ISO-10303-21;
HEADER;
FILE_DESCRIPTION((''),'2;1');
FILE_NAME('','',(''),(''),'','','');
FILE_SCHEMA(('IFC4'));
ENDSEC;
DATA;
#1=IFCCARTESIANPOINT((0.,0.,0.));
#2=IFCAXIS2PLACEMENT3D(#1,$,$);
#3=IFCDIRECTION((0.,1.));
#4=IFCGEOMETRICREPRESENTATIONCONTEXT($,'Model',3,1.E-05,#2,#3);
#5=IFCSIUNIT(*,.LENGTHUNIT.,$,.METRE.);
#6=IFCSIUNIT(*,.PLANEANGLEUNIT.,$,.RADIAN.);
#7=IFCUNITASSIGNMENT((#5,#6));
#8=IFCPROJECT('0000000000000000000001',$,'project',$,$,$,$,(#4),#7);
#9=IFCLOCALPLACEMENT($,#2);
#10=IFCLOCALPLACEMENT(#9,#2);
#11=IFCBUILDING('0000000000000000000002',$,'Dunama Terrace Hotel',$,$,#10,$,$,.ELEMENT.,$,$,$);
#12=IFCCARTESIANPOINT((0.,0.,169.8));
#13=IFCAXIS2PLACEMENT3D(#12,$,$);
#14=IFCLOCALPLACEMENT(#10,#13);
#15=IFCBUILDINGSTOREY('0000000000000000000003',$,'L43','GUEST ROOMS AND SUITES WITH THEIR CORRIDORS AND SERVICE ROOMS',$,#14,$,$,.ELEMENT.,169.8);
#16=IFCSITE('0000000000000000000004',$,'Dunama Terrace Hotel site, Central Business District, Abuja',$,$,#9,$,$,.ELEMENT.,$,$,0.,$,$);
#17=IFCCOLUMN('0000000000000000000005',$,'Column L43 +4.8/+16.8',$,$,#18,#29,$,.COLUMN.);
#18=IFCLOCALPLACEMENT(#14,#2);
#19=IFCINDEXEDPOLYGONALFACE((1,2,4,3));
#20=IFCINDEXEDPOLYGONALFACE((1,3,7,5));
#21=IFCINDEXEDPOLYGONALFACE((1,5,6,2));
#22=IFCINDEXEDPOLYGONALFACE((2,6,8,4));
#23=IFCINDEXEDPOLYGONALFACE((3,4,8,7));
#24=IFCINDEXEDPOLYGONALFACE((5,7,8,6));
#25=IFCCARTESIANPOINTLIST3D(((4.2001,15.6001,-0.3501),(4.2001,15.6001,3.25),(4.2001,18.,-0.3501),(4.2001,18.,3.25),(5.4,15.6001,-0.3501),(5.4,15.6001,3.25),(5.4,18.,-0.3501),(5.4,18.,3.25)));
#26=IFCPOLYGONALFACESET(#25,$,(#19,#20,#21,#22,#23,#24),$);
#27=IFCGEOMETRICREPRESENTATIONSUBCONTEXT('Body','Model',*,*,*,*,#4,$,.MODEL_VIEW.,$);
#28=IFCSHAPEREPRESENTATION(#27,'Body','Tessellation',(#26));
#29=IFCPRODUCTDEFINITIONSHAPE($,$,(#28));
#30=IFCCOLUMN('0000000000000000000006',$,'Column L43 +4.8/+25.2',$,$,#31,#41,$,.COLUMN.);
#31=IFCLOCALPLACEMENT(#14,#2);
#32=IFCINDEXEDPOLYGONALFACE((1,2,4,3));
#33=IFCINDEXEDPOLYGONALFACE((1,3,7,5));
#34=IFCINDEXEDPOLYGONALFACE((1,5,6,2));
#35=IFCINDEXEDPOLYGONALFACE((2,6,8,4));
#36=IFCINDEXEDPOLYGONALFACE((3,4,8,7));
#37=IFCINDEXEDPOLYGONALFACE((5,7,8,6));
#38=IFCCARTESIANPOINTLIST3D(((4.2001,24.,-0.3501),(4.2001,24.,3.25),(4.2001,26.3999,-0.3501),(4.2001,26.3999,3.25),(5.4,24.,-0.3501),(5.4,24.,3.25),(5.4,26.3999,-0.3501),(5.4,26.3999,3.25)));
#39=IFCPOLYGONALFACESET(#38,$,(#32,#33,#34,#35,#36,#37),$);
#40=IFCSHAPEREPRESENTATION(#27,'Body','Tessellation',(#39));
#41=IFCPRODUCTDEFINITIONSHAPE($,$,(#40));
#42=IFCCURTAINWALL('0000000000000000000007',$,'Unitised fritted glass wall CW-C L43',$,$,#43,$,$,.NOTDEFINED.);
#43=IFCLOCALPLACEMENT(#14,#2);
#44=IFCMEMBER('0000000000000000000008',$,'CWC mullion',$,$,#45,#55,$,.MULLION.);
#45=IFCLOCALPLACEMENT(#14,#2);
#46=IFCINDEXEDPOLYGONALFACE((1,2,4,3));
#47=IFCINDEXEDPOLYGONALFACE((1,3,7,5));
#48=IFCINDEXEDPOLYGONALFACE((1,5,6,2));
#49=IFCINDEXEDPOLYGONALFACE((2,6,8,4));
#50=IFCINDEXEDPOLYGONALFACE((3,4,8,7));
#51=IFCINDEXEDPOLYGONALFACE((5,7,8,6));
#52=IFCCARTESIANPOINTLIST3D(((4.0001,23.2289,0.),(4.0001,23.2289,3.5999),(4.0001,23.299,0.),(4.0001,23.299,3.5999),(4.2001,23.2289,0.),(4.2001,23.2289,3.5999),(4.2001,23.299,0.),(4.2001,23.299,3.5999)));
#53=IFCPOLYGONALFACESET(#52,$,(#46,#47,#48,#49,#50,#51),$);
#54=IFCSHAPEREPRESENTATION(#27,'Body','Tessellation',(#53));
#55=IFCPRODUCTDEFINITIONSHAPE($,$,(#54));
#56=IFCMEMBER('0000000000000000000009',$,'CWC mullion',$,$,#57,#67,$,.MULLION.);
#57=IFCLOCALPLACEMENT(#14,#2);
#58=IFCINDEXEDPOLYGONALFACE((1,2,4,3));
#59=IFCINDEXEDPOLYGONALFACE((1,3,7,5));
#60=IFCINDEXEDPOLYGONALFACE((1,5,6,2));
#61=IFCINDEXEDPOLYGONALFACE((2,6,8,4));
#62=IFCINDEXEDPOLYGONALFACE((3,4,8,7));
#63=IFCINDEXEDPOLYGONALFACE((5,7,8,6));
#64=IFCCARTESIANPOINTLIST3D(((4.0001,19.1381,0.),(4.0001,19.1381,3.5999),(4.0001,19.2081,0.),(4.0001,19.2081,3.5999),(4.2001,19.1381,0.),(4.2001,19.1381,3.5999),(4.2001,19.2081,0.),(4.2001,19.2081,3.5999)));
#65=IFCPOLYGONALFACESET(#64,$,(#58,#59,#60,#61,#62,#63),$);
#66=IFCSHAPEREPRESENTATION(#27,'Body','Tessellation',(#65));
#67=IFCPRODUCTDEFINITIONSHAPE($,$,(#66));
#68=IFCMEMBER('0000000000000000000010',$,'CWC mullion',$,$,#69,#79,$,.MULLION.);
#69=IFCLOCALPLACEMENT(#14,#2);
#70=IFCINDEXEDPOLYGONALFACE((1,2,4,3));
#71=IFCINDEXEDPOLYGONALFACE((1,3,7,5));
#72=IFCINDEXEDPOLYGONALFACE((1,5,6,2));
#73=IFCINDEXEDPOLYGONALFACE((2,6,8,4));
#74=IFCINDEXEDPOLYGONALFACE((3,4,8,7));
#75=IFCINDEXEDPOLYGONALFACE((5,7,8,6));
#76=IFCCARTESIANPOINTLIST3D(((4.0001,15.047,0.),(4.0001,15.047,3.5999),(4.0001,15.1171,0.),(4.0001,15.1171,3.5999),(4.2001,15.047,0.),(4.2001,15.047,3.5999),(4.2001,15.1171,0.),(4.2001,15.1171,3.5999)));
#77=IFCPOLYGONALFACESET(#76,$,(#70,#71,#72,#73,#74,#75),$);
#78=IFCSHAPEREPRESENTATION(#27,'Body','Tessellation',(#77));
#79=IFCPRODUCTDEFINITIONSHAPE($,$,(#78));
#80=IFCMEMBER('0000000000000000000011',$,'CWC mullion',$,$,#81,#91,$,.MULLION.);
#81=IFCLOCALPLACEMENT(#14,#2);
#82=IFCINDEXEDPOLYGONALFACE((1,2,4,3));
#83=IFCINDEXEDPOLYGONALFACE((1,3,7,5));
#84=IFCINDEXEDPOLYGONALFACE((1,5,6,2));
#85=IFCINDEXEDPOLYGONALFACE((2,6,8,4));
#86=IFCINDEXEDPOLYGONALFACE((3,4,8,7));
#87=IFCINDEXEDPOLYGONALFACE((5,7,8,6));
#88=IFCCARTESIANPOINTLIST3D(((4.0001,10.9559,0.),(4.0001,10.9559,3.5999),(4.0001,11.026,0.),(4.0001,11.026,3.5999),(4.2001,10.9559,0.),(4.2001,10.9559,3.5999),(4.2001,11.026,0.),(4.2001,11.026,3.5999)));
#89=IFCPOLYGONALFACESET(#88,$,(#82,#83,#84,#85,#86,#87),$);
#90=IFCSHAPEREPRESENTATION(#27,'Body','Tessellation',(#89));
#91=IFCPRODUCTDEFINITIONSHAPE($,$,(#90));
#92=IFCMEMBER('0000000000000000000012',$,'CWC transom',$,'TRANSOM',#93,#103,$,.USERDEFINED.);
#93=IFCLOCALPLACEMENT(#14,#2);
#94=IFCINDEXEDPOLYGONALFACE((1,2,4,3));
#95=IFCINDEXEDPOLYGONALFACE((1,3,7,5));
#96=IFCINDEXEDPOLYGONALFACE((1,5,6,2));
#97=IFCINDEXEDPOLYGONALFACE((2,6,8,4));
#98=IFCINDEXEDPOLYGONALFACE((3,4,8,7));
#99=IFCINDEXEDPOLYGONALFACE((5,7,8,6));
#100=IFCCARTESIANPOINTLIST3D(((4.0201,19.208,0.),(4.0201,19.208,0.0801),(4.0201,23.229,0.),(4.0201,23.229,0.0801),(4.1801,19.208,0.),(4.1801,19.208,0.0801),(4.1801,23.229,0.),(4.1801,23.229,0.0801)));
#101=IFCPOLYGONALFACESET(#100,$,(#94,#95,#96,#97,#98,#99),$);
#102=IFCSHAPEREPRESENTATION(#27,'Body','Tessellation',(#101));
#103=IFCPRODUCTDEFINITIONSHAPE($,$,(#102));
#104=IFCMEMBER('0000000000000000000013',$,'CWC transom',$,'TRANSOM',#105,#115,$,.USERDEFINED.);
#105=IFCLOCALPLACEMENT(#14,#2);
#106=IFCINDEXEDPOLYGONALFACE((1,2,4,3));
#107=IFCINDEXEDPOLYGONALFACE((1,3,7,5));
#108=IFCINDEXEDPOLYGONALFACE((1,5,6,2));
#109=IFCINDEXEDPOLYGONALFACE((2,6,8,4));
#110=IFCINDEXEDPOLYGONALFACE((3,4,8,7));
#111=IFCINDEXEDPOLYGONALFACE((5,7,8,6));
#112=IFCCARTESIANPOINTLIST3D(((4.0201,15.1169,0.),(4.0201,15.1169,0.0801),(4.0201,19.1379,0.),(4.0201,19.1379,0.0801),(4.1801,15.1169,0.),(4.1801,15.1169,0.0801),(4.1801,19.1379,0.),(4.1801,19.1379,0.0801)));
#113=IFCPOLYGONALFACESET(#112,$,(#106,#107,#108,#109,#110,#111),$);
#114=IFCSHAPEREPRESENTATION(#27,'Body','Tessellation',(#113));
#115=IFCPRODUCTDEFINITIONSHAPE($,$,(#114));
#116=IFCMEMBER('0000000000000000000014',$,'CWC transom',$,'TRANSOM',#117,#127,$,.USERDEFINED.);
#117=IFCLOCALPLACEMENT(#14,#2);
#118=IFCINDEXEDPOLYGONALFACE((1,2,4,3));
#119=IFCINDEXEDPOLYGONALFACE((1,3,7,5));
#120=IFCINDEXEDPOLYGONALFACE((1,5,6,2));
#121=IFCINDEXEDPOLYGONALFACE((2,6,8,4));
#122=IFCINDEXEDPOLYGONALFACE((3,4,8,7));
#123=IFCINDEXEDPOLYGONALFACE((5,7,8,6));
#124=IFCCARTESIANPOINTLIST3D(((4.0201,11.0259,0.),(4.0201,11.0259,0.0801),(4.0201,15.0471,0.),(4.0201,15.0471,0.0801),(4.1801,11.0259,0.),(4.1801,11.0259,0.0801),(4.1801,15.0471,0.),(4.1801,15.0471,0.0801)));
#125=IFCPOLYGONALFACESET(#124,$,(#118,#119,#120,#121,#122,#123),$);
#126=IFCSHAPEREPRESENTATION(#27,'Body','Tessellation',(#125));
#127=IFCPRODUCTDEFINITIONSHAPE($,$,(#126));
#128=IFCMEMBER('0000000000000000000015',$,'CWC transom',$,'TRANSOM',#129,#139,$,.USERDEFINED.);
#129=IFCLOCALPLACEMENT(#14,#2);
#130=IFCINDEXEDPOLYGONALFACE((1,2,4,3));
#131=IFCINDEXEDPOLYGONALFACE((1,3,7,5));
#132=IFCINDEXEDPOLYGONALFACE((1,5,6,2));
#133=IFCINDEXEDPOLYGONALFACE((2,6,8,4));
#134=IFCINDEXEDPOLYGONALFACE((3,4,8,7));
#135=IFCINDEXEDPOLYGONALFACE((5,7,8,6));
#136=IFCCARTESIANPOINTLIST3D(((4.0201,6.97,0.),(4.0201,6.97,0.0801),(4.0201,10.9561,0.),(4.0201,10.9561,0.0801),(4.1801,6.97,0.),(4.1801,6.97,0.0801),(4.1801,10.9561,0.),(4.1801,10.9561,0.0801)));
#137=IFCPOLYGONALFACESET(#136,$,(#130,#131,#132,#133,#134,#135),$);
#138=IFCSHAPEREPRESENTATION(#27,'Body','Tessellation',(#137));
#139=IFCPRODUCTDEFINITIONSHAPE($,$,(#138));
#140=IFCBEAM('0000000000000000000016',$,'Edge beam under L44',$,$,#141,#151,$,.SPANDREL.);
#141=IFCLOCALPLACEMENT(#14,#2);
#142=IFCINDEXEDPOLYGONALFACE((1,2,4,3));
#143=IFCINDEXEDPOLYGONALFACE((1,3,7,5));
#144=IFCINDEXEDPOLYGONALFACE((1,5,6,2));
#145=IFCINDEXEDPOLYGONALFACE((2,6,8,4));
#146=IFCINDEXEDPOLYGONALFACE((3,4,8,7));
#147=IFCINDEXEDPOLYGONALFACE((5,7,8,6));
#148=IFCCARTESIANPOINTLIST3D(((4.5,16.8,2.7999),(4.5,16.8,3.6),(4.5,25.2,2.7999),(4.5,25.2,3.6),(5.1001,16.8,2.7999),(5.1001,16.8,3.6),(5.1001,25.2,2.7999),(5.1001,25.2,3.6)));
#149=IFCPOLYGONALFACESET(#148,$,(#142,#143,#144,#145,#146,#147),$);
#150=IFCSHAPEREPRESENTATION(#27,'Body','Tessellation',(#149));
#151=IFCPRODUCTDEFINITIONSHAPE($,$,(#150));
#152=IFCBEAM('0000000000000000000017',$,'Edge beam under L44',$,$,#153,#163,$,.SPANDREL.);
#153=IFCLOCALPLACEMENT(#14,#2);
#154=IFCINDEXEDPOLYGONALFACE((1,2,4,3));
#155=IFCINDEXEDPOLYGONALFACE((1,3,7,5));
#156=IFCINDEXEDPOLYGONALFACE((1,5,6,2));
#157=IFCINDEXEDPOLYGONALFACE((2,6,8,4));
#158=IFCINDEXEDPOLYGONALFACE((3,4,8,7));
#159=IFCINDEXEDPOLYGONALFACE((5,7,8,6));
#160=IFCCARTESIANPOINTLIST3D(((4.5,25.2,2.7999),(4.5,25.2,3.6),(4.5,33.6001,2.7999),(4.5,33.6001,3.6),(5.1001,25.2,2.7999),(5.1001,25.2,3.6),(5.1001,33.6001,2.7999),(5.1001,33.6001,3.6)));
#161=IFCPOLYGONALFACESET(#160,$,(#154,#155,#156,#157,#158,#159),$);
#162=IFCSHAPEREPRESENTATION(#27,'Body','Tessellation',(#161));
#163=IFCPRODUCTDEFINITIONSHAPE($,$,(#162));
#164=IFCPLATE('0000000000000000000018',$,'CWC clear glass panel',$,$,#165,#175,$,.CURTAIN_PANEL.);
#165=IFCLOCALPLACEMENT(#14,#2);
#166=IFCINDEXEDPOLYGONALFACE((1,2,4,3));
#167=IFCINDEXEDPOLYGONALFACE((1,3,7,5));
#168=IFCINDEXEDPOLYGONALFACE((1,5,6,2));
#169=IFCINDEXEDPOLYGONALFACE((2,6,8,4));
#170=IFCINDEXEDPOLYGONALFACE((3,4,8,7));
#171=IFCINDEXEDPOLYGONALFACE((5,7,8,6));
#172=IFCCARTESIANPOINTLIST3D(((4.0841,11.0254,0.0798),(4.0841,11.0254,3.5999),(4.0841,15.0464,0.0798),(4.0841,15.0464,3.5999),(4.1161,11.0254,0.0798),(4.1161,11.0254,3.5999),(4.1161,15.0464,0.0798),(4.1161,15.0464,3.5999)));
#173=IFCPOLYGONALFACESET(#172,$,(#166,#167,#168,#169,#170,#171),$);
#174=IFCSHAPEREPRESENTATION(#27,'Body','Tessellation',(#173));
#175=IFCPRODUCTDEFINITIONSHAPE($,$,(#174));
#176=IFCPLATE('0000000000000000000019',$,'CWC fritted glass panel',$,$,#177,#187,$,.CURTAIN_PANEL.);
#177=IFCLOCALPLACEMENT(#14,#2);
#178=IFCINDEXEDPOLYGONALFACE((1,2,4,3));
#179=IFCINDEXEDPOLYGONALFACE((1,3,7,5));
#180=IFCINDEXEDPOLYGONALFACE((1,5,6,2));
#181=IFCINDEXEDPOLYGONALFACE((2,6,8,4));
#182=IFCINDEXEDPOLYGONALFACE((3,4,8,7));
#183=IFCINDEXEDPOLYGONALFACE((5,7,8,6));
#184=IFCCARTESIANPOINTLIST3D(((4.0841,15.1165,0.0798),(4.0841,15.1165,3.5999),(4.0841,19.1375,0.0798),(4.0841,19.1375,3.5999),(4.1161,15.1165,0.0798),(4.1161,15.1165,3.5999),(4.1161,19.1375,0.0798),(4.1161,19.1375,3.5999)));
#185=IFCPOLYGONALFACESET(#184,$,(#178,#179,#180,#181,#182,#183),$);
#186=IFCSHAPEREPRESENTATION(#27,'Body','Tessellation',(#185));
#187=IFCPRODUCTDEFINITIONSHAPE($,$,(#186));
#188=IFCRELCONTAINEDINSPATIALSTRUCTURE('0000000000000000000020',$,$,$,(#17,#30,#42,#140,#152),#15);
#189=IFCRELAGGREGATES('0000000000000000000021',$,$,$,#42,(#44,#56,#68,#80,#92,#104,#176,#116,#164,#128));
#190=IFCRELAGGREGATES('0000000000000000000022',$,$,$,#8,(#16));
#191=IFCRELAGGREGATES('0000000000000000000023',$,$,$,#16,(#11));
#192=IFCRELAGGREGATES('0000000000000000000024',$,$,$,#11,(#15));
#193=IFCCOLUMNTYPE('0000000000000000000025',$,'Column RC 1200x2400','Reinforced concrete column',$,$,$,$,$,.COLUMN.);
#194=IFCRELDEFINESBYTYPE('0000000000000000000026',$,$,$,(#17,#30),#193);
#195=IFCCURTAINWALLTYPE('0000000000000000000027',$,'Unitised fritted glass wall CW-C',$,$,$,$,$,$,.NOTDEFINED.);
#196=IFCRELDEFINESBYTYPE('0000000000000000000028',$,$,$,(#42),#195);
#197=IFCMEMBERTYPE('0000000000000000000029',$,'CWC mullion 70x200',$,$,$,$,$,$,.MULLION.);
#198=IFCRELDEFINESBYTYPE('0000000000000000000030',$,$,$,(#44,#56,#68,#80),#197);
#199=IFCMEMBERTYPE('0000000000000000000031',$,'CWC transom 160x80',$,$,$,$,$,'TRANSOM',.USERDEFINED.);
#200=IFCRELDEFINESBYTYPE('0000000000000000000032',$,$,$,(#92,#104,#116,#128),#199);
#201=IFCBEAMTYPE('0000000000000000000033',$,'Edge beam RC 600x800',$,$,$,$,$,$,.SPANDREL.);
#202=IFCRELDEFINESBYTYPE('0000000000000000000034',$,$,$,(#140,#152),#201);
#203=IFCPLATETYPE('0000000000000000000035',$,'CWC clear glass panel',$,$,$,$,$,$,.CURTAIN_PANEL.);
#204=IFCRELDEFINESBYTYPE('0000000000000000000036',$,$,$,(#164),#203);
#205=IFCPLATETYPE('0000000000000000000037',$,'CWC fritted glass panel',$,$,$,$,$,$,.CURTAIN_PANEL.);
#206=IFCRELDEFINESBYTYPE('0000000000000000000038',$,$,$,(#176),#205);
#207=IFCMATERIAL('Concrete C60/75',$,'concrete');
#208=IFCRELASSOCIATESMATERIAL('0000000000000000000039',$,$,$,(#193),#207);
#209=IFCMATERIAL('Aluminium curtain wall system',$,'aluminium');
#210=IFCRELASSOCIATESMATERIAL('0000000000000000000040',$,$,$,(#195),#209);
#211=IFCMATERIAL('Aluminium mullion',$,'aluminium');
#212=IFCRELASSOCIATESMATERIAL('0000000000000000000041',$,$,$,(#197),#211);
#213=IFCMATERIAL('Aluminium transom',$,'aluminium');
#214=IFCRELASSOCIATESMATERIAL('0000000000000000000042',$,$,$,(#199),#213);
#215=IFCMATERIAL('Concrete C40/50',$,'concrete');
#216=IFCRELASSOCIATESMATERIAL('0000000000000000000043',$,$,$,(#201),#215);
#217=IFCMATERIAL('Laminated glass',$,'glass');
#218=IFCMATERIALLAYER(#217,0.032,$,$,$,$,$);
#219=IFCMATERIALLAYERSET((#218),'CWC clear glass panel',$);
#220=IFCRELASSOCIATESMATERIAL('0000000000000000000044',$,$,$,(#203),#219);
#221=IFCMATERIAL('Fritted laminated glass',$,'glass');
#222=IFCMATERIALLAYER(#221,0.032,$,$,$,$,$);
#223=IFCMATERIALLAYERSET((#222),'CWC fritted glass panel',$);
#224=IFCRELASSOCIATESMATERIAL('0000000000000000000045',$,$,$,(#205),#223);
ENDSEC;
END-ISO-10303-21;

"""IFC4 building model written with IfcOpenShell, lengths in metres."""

from ifc_helpers import new_model, si_unit, direction, frame, origin, origin_2d, place, context, subcontext, project, spatial, rectangle, extrude, material, layer, layer_set, material_profile, profile_set, type_object, element, aggregate, save


model = new_model("IFC4")

# Units and contexts
model_context = context("Model", 3, precision=1e-05, world=origin(), true_north=direction((0.0, 1.0)))
body_context = subcontext(model_context, "Body", "Model", "MODEL_VIEW")
ifc_project = project(units=[si_unit("LENGTHUNIT", "METRE"), si_unit("PLANEANGLEUNIT", "RADIAN")], contexts=[model_context])

# Site, building, storey
site_placement = place(None, origin())
site = spatial("IfcSite", under=ifc_project, at=site_placement, Name="Dunama Terrace Hotel site, Central Business District, Abuja", CompositionType="ELEMENT", RefElevation=0.0)
building_placement = place(site_placement, origin())
building = spatial("IfcBuilding", under=site, at=building_placement, Name="Dunama Terrace Hotel", CompositionType="ELEMENT")
storey_placement = place(building_placement, frame((0.0, 0.0, 169.8)))
storey = spatial("IfcBuildingStorey", under=building, at=storey_placement, Name="L43", Description="GUEST ROOMS AND SUITES WITH THEIR CORRIDORS AND SERVICE ROOMS", CompositionType="ELEMENT", Elevation=169.8)

# Columns
ifc_material_1 = material(Name="Concrete C60/75", Category="concrete")
ifc_material_profile_1 = material_profile(ifc_material_1, rectangle(XDim=1.2, YDim=2.3999, at=origin_2d()), Name="RC 1200x2400")
ifc_profile_set_1 = profile_set([ifc_material_profile_1], Name="Concrete C60/75")
column_type = type_object("IfcColumnType", Name="Column RC 1200x2400", Description="Reinforced concrete column", PredefinedType="COLUMN", material=ifc_profile_set_1)
for number, where, z_axis, x_axis, name in (
    (1, (4.8, 16.8, -0.3501), (0.0, 0.0, 1.0), (1.0, 0.0, 0.0), "Column L43 +4.8/+16.8"),
    (2, (4.8, 25.2, -0.3501), (0.0, 0.0, 1.0), (1.0, 0.0, 0.0), "Column L43 +4.8/+25.2"),
):
    element("IfcColumn", number, at=place(storey_placement, frame(where, z_axis=z_axis, x_axis=x_axis)), inside=storey, type_object=column_type, Name=name, PredefinedType="COLUMN", context=body_context, shape_type="SweptSolid", body=[
        extrude(rectangle(XDim=1.2, YDim=2.3999, at=origin_2d()), origin(), (0.0, 0.0, 1.0), 3.6001),
    ])

# Curtain wall, members
ifc_material_2 = material(Name="Aluminium curtain wall system", Category="aluminium")
curtain_wall_type = type_object("IfcCurtainWallType", Name="Unitised fritted glass wall CW-C", PredefinedType="NOTDEFINED", material=ifc_material_2)
curtain_wall_placement = place(storey_placement, origin())
curtain_wall = element("IfcCurtainWall", 3, at=curtain_wall_placement, inside=storey, type_object=curtain_wall_type, Name="Unitised fritted glass wall CW-C L43", PredefinedType="NOTDEFINED")
ifc_material_3 = material(Name="Aluminium mullion", Category="aluminium")
ifc_material_profile_2 = material_profile(ifc_material_3, rectangle(XDim=0.0701, YDim=0.2, at=origin_2d()), Name="CWC MULLION 70X200")
ifc_profile_set_2 = profile_set([ifc_material_profile_2], Name="Aluminium mullion")
member_type_1 = type_object("IfcMemberType", Name="CWC mullion 70x200", PredefinedType="MULLION", material=ifc_profile_set_2)
member_1_placement = place(storey_placement, frame((4.1001, 23.2639, 0.0), z_axis=(0.0, 0.0, 1.0), x_axis=(0.0, -1.0, 0.0)))
member_1 = element("IfcMember", 4, at=member_1_placement, type_object=member_type_1, Name="CWC mullion", PredefinedType="MULLION", context=body_context, shape_type="SweptSolid", body=[
    extrude(rectangle(XDim=0.0701, YDim=0.2, at=origin_2d()), origin(), (0.0, 0.0, 1.0), 3.5999),
])
member_2_placement = place(storey_placement, frame((4.1001, 19.1731, 0.0), z_axis=(0.0, 0.0, 1.0), x_axis=(0.0, -1.0, 0.0)))
member_2 = element("IfcMember", 5, at=member_2_placement, type_object=member_type_1, Name="CWC mullion", PredefinedType="MULLION", context=body_context, shape_type="SweptSolid", body=[
    extrude(rectangle(XDim=0.0701, YDim=0.2, at=origin_2d()), origin(), (0.0, 0.0, 1.0), 3.5999),
])
member_3_placement = place(storey_placement, frame((4.1001, 15.082, 0.0), z_axis=(0.0, 0.0, 1.0), x_axis=(0.0, -1.0, 0.0)))
member_3 = element("IfcMember", 6, at=member_3_placement, type_object=member_type_1, Name="CWC mullion", PredefinedType="MULLION", context=body_context, shape_type="SweptSolid", body=[
    extrude(rectangle(XDim=0.0701, YDim=0.2, at=origin_2d()), origin(), (0.0, 0.0, 1.0), 3.5999),
])
member_4_placement = place(storey_placement, frame((4.1001, 10.991, 0.0), z_axis=(0.0, 0.0, 1.0), x_axis=(0.0, -1.0, 0.0)))
member_4 = element("IfcMember", 7, at=member_4_placement, type_object=member_type_1, Name="CWC mullion", PredefinedType="MULLION", context=body_context, shape_type="SweptSolid", body=[
    extrude(rectangle(XDim=0.0701, YDim=0.2, at=origin_2d()), origin(), (0.0, 0.0, 1.0), 3.5999),
])
ifc_material_4 = material(Name="Aluminium transom", Category="aluminium")
ifc_material_profile_3 = material_profile(ifc_material_4, rectangle(XDim=0.1599, YDim=0.0801, at=origin_2d()), Name="CWC TRANSOM 160X80")
ifc_profile_set_3 = profile_set([ifc_material_profile_3], Name="Aluminium transom")
member_type_2 = type_object("IfcMemberType", Name="CWC transom 160x80", ElementType="TRANSOM", PredefinedType="USERDEFINED", material=ifc_profile_set_3)
member_5_placement = place(storey_placement, frame((4.1001, 23.229, 0.04), z_axis=(0.0, -1.0, 0.0), x_axis=(1.0, 0.0, 0.0)))
member_5 = element("IfcMember", 8, at=member_5_placement, type_object=member_type_2, Name="CWC transom", ObjectType="TRANSOM", PredefinedType="USERDEFINED", context=body_context, shape_type="SweptSolid", body=[
    extrude(rectangle(XDim=0.1599, YDim=0.0801, at=origin_2d()), origin(), (0.0, 0.0, 1.0), 4.021),
])
member_6_placement = place(storey_placement, frame((4.1001, 19.1379, 0.04), z_axis=(0.0, -1.0, 0.0), x_axis=(1.0, 0.0, 0.0)))
member_6 = element("IfcMember", 9, at=member_6_placement, type_object=member_type_2, Name="CWC transom", ObjectType="TRANSOM", PredefinedType="USERDEFINED", context=body_context, shape_type="SweptSolid", body=[
    extrude(rectangle(XDim=0.1599, YDim=0.0801, at=origin_2d()), origin(), (0.0, 0.0, 1.0), 4.021),
])
member_7_placement = place(storey_placement, frame((4.1001, 15.0471, 0.04), z_axis=(0.0, -1.0, 0.0), x_axis=(1.0, 0.0, 0.0)))
member_7 = element("IfcMember", 10, at=member_7_placement, type_object=member_type_2, Name="CWC transom", ObjectType="TRANSOM", PredefinedType="USERDEFINED", context=body_context, shape_type="SweptSolid", body=[
    extrude(rectangle(XDim=0.1599, YDim=0.0801, at=origin_2d()), origin(), (0.0, 0.0, 1.0), 4.0212),
])
member_8_placement = place(storey_placement, frame((4.1001, 10.9561, 0.04), z_axis=(0.0, -1.0, 0.0), x_axis=(1.0, 0.0, 0.0)))
member_8 = element("IfcMember", 11, at=member_8_placement, type_object=member_type_2, Name="CWC transom", ObjectType="TRANSOM", PredefinedType="USERDEFINED", context=body_context, shape_type="SweptSolid", body=[
    extrude(rectangle(XDim=0.1599, YDim=0.0801, at=origin_2d()), origin(), (0.0, 0.0, 1.0), 3.9861),
])

# Beams
ifc_material_5 = material(Name="Concrete C40/50", Category="concrete")
ifc_material_profile_4 = material_profile(ifc_material_5, rectangle(XDim=0.6001, YDim=0.8, at=origin_2d()), Name="RC 600x800")
ifc_profile_set_4 = profile_set([ifc_material_profile_4], Name="Concrete C40/50")
beam_type = type_object("IfcBeamType", Name="Edge beam RC 600x800", PredefinedType="SPANDREL", material=ifc_profile_set_4)
beam_1_placement = place(storey_placement, frame((4.8, 16.8, 3.2), z_axis=(0.0, 1.0, 0.0), x_axis=(-1.0, 0.0, 0.0)))
element("IfcBeam", 12, at=beam_1_placement, inside=storey, type_object=beam_type, Name="Edge beam under L44", PredefinedType="SPANDREL", context=body_context, shape_type="SweptSolid", body=[
    extrude(rectangle(XDim=0.6001, YDim=0.8, at=origin_2d()), origin(), (0.0, 0.0, 1.0), 8.3999),
])
beam_2_placement = place(storey_placement, frame((4.8, 25.2, 3.2), z_axis=(0.0, 1.0, 0.0), x_axis=(-1.0, 0.0, 0.0)))
element("IfcBeam", 13, at=beam_2_placement, inside=storey, type_object=beam_type, Name="Edge beam under L44", PredefinedType="SPANDREL", context=body_context, shape_type="SweptSolid", body=[
    extrude(rectangle(XDim=0.6001, YDim=0.8, at=origin_2d()), origin(), (0.0, 0.0, 1.0), 8.4001),
])

# Plates
ifc_material_6 = material(Name="Laminated glass", Category="glass")
ifc_layer_1 = layer(ifc_material_6, 0.032)
ifc_layer_set_1 = layer_set([ifc_layer_1], Name="CWC clear glass panel")
plate_type_1 = type_object("IfcPlateType", Name="CWC clear glass panel", PredefinedType="CURTAIN_PANEL", material=ifc_layer_set_1)
plate_1_placement = place(storey_placement, frame((4.1001, 13.0359, 0.0798), z_axis=(0.0, 0.0, 1.0), x_axis=(0.0, -1.0, 0.0)))
plate_1 = element("IfcPlate", 14, at=plate_1_placement, type_object=plate_type_1, Name="CWC clear glass panel", PredefinedType="CURTAIN_PANEL", context=body_context, shape_type="SweptSolid", body=[
    extrude(rectangle(XDim=4.021, YDim=0.032, at=origin_2d()), origin(), (0.0, 0.0, 1.0), 3.52),
])
ifc_material_7 = material(Name="Fritted laminated glass", Category="glass")
ifc_layer_2 = layer(ifc_material_7, 0.032)
ifc_layer_set_2 = layer_set([ifc_layer_2], Name="CWC fritted glass panel")
plate_type_2 = type_object("IfcPlateType", Name="CWC fritted glass panel", PredefinedType="CURTAIN_PANEL", material=ifc_layer_set_2)
plate_2_placement = place(storey_placement, frame((4.1001, 17.127, 0.0798), z_axis=(0.0, 0.0, 1.0), x_axis=(0.0, -1.0, 0.0)))
plate_2 = element("IfcPlate", 15, at=plate_2_placement, type_object=plate_type_2, Name="CWC fritted glass panel", PredefinedType="CURTAIN_PANEL", context=body_context, shape_type="SweptSolid", body=[
    extrude(rectangle(XDim=4.021, YDim=0.032, at=origin_2d()), origin(), (0.0, 0.0, 1.0), 3.52),
])
aggregate(curtain_wall, [member_1, member_2, member_3, member_4, member_5, member_6, plate_2, member_7, plate_1, member_8])

save(model, "model.ifc")
